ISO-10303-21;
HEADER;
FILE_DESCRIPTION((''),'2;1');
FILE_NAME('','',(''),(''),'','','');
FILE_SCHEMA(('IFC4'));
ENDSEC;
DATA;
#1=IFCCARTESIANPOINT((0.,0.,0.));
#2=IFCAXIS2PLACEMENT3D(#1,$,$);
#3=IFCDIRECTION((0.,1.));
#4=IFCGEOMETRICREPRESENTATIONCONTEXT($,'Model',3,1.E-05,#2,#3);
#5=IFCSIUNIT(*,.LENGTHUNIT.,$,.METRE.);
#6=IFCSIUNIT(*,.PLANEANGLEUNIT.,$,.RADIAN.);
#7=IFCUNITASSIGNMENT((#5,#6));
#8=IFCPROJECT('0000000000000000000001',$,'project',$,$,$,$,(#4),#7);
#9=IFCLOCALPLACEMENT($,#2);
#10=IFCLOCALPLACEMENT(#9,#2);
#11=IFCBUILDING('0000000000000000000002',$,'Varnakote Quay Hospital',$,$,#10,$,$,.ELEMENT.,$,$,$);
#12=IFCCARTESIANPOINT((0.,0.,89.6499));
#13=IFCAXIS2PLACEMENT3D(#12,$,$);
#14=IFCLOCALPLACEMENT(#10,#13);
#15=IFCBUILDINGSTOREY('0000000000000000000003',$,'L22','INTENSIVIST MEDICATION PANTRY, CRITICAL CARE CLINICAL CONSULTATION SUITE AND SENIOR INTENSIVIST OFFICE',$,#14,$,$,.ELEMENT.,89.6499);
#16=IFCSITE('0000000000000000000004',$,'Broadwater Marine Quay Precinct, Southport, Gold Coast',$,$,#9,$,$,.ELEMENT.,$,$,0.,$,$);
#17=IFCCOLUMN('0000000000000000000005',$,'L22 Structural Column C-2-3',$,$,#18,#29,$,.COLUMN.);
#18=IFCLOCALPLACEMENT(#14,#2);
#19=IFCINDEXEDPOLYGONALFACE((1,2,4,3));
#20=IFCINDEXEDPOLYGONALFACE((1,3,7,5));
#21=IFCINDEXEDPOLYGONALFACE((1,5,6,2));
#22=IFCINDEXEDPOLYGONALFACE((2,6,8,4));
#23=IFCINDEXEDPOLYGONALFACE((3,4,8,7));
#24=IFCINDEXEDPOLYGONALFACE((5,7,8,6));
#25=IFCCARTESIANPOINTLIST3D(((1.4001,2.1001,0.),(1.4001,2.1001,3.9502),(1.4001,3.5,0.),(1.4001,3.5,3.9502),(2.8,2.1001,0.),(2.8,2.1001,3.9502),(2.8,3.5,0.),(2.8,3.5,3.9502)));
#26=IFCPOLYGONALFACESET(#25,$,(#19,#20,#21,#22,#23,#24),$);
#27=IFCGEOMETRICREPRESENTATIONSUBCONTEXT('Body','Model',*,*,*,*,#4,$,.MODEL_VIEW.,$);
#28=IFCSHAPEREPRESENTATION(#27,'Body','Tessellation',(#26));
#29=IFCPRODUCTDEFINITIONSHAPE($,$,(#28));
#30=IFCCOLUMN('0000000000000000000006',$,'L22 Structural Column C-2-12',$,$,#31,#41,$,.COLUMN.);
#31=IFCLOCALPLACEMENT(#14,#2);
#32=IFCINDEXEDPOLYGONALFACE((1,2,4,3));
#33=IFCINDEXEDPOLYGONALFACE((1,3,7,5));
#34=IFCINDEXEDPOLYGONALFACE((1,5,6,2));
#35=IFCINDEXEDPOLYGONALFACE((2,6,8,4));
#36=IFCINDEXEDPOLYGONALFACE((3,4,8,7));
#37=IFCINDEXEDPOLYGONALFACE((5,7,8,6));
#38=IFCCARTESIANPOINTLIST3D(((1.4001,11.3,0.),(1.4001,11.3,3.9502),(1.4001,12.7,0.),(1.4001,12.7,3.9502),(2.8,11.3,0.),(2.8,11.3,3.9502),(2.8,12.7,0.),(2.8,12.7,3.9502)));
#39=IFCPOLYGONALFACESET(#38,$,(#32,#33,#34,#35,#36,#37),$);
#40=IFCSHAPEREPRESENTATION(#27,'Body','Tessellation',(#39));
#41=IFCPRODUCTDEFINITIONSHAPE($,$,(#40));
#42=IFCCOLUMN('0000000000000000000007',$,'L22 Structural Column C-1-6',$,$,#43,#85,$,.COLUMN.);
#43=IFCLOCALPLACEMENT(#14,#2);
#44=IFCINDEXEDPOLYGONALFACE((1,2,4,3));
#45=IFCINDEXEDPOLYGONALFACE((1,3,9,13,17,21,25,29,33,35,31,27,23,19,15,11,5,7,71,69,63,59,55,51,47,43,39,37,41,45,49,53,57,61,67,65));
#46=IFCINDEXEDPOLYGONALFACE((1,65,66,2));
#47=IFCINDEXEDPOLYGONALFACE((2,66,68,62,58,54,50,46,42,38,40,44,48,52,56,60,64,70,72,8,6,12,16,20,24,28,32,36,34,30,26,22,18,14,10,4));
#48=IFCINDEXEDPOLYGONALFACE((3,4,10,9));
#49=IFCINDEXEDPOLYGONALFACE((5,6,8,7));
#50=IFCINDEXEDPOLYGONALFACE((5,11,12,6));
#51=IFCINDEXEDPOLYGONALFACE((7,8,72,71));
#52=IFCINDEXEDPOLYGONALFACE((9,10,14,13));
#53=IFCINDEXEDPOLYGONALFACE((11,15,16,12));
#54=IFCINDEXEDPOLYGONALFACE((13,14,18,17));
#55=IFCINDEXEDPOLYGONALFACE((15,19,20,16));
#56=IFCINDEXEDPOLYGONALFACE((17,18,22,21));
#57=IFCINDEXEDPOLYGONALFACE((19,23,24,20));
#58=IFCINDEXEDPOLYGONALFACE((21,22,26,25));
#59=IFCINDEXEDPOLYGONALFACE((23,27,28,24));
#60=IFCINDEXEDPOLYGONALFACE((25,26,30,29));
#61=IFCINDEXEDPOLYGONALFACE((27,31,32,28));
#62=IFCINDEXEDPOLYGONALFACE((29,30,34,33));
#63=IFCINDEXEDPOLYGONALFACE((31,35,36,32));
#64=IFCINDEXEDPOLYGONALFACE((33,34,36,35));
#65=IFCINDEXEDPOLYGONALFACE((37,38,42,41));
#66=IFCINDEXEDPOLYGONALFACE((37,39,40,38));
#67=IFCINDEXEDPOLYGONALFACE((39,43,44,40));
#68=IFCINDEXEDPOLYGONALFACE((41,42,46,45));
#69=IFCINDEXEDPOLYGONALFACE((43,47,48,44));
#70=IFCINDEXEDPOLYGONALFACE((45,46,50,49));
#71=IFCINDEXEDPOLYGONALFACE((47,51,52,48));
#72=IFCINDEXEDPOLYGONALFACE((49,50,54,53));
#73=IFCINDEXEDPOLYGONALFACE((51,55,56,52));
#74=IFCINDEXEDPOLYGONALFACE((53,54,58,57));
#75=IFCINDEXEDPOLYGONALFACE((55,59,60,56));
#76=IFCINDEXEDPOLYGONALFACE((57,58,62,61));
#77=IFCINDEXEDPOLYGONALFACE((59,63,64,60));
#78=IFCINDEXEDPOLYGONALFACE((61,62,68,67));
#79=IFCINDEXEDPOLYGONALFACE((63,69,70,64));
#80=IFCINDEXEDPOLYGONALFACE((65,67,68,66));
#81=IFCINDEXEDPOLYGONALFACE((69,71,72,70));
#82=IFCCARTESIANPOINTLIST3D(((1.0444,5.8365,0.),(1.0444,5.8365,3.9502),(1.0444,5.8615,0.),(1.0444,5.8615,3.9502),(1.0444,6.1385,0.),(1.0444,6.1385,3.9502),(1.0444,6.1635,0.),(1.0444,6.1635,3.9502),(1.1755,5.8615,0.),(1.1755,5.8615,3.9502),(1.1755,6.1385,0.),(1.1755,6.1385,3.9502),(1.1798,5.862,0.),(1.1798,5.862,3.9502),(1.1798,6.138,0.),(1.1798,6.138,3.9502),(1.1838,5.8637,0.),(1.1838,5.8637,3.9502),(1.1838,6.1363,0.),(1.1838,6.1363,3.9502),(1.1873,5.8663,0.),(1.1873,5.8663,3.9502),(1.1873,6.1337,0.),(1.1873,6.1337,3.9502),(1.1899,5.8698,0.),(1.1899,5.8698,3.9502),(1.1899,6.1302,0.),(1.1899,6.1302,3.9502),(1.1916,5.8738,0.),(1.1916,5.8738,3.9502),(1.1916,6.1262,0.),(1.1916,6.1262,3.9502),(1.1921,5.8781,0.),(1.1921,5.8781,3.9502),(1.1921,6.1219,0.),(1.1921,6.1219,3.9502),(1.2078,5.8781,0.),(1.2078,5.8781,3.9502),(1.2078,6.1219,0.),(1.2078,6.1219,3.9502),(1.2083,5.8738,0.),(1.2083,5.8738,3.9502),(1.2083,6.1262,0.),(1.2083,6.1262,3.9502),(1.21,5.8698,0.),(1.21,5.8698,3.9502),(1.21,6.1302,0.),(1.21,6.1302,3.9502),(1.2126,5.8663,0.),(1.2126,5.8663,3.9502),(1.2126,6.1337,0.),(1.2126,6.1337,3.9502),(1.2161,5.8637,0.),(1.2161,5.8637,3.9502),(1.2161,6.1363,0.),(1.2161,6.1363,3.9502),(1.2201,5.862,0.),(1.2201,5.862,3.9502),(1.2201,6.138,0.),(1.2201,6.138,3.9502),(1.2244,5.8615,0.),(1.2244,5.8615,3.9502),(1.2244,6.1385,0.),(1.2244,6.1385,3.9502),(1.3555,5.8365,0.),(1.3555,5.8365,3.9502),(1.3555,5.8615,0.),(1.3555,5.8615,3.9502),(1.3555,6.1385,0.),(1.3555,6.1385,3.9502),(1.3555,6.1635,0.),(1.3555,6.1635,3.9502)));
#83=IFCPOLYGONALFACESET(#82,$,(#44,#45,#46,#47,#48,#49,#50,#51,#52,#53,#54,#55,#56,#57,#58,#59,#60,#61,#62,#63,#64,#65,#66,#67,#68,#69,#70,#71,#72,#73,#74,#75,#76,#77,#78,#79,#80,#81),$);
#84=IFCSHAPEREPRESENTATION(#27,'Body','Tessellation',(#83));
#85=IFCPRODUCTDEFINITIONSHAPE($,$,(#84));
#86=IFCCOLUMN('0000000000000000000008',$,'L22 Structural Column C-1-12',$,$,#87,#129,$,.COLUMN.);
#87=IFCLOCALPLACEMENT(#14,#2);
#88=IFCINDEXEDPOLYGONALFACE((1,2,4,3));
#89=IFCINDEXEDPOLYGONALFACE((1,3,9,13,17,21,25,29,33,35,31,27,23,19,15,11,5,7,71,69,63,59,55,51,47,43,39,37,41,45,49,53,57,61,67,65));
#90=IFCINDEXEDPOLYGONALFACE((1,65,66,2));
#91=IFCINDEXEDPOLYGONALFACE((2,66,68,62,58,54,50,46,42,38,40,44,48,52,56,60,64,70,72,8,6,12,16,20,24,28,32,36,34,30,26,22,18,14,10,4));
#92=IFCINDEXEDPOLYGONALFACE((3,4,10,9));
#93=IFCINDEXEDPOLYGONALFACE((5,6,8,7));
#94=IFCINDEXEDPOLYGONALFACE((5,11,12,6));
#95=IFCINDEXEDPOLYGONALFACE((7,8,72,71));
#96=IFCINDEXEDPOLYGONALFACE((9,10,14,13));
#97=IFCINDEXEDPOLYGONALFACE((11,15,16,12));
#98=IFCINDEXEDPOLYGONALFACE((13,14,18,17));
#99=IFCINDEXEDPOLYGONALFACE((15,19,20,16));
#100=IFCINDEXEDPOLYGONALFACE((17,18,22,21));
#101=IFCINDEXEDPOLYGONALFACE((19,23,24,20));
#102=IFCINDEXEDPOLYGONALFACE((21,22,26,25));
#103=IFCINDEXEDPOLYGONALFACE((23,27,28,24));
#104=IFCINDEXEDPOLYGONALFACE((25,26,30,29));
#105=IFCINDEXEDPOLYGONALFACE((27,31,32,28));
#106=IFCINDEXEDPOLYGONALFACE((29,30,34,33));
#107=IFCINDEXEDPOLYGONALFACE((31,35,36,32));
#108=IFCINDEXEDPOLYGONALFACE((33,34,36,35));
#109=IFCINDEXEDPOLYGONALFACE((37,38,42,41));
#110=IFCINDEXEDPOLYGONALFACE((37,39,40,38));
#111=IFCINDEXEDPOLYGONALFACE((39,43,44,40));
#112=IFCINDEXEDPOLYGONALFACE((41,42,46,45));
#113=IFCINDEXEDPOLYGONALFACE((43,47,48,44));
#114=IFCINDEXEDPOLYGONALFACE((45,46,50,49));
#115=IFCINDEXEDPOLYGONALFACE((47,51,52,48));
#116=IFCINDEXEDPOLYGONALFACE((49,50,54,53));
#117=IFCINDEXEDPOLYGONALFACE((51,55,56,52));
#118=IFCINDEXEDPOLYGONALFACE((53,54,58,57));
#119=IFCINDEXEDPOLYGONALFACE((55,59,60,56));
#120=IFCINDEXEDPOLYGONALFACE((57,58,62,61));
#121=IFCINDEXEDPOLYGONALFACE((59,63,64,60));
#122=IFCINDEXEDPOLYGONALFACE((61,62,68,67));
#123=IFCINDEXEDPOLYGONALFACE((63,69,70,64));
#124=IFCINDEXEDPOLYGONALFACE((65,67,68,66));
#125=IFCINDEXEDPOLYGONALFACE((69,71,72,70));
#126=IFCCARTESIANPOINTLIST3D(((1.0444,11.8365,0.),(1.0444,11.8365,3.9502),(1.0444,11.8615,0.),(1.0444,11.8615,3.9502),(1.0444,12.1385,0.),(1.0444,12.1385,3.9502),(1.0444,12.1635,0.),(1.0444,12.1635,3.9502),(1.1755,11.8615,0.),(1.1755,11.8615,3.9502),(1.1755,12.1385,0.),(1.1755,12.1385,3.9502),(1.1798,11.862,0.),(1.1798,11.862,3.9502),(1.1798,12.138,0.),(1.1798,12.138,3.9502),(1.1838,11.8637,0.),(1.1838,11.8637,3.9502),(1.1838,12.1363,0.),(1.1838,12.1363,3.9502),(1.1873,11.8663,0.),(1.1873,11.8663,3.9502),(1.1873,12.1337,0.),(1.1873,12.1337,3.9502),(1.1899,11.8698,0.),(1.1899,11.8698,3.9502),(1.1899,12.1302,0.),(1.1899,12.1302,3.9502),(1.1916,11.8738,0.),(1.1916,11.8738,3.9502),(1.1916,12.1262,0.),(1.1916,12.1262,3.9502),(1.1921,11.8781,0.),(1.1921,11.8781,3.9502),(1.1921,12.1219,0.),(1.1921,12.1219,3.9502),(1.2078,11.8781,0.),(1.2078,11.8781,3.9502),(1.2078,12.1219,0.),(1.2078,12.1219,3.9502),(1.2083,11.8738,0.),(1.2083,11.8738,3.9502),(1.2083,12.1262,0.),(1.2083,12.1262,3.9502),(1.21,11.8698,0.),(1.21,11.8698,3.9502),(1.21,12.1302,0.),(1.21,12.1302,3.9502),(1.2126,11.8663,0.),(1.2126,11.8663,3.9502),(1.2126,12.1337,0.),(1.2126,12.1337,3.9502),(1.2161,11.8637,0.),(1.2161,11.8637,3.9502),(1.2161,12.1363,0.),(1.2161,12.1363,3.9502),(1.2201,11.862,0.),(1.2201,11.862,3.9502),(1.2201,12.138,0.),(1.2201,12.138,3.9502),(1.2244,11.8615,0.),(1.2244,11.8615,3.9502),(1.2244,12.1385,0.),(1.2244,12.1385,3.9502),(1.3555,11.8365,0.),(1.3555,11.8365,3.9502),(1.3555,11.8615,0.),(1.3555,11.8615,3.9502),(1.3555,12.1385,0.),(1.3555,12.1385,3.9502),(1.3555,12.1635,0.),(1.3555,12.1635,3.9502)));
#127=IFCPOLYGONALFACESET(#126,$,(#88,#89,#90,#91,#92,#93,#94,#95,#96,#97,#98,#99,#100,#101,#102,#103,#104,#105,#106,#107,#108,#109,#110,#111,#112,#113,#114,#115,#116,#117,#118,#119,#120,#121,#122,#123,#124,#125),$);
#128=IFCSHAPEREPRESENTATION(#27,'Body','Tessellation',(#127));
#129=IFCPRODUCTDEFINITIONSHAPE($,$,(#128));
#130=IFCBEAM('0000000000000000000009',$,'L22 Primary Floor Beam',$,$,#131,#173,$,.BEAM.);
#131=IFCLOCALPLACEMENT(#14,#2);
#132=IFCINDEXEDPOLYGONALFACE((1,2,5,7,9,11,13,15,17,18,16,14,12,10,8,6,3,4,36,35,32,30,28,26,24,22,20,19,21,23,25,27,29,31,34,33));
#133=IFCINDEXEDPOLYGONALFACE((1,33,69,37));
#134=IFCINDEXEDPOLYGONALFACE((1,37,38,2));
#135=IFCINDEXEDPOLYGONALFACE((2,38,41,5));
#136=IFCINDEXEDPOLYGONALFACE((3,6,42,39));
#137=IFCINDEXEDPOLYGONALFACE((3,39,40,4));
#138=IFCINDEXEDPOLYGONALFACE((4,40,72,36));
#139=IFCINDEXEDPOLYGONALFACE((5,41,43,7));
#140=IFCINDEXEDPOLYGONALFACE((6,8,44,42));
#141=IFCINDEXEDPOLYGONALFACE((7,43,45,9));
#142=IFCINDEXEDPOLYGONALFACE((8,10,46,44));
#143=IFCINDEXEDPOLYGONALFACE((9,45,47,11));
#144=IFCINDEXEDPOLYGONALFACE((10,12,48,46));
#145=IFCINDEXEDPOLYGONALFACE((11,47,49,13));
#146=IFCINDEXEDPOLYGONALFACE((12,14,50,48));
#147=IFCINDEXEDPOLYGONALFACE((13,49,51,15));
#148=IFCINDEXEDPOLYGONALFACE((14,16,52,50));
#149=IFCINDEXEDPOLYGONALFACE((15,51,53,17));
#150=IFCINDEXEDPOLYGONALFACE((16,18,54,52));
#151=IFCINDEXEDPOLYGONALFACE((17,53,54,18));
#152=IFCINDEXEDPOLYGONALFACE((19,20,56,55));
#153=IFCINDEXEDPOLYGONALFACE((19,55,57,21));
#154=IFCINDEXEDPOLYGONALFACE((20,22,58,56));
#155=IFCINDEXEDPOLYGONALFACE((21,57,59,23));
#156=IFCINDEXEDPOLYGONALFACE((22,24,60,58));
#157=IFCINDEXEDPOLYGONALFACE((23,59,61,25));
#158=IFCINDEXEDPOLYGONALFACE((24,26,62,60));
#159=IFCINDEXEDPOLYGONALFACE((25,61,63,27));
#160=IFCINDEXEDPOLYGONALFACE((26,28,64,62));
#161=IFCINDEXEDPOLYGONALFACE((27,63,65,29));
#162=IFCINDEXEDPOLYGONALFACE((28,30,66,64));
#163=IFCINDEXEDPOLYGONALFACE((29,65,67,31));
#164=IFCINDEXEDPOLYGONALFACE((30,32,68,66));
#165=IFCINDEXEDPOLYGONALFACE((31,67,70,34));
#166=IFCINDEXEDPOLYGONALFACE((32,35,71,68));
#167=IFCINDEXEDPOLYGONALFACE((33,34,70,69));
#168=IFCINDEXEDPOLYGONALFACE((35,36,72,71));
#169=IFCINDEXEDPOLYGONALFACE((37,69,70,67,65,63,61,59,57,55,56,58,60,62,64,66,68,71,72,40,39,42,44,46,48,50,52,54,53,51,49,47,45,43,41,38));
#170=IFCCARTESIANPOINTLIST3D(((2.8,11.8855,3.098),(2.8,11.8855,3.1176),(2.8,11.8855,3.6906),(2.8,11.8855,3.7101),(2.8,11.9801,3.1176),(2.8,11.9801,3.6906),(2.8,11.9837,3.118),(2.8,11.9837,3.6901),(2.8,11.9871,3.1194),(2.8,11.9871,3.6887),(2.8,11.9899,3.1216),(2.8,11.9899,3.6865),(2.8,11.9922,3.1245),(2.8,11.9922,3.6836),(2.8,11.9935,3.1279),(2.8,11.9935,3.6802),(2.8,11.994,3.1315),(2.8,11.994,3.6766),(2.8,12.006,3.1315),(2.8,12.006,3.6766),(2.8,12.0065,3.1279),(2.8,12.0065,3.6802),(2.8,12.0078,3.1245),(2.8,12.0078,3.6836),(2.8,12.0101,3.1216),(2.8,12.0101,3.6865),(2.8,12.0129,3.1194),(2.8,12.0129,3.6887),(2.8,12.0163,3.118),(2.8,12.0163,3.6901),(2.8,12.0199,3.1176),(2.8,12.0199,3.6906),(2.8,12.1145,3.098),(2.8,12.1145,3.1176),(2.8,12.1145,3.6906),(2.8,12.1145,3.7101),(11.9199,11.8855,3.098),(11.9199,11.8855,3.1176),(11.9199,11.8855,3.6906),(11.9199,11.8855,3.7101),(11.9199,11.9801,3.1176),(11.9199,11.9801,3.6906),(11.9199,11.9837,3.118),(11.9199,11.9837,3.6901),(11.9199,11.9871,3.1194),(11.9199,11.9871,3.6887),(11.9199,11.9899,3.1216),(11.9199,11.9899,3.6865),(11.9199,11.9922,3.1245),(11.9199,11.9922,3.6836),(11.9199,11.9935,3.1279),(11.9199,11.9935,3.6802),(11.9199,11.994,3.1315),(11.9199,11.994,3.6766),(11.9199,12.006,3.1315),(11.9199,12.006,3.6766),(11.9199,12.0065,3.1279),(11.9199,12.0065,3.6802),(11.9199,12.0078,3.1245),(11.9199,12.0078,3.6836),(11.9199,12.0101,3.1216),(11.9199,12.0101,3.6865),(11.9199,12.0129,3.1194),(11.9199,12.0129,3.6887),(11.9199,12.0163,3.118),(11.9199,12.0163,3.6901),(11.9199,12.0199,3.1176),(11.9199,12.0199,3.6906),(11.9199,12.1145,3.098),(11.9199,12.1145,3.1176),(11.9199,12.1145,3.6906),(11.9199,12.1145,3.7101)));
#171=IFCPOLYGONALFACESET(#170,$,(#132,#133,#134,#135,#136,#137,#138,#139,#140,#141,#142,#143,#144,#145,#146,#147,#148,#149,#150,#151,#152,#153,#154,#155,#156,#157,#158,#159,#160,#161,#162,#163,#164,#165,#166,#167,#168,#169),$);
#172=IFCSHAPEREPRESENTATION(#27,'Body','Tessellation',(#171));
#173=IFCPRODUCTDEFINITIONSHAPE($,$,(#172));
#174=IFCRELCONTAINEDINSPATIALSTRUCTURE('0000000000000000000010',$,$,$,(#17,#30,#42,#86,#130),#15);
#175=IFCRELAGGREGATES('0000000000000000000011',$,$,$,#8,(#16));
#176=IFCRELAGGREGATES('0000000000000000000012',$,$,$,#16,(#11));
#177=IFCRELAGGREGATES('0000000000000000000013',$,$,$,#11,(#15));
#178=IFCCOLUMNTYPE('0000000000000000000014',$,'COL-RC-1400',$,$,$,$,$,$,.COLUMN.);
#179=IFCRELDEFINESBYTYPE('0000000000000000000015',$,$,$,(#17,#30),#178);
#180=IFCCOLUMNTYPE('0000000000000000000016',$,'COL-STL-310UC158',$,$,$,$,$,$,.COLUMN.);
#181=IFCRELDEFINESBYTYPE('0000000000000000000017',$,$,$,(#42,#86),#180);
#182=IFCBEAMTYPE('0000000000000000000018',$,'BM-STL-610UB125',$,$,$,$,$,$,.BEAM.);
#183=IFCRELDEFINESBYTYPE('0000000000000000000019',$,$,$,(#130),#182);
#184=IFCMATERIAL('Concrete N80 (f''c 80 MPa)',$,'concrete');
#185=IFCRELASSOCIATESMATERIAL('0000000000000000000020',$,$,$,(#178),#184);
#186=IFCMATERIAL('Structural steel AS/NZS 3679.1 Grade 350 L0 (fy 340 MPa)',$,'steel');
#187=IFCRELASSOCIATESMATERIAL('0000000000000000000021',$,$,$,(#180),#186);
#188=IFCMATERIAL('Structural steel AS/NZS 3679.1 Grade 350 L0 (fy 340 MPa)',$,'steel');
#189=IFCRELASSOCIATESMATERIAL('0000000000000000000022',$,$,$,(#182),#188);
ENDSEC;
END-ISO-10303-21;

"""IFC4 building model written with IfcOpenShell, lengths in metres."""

from ifc_helpers import new_model, si_unit, direction, frame, origin, origin_2d, place, context, subcontext, project, spatial, rectangle, i_section, extrude, material, material_profile, profile_set, type_object, element, save


model = new_model("IFC4")

# Units and contexts
model_context = context("Model", 3, precision=1e-05, world=origin(), true_north=direction((0.0, 1.0)))
body_context = subcontext(model_context, "Body", "Model", "MODEL_VIEW")
ifc_project = project(units=[si_unit("LENGTHUNIT", "METRE"), si_unit("PLANEANGLEUNIT", "RADIAN")], contexts=[model_context])

# Site, building, storey
site_placement = place(None, origin())
site = spatial("IfcSite", under=ifc_project, at=site_placement, Name="Broadwater Marine Quay Precinct, Southport, Gold Coast", CompositionType="ELEMENT", RefElevation=0.0)
building_placement = place(site_placement, origin())
building = spatial("IfcBuilding", under=site, at=building_placement, Name="Varnakote Quay Hospital", CompositionType="ELEMENT")
storey_placement = place(building_placement, frame((0.0, 0.0, 89.6499)))
storey = spatial("IfcBuildingStorey", under=building, at=storey_placement, Name="L22", Description="INTENSIVIST MEDICATION PANTRY, CRITICAL CARE CLINICAL CONSULTATION SUITE AND SENIOR INTENSIVIST OFFICE", CompositionType="ELEMENT", Elevation=89.6499)

# Columns
ifc_material_1 = material(Name="Concrete N80 (f'c 80 MPa)", Category="concrete")
ifc_material_profile_1 = material_profile(ifc_material_1, rectangle(XDim=1.3999, YDim=1.3999, at=origin_2d()), Name="RC-COL-1400x1400")
ifc_profile_set_1 = profile_set([ifc_material_profile_1], Name="Concrete N80 (f'c 80 MPa)")
column_type_1 = type_object("IfcColumnType", Name="COL-RC-1400", PredefinedType="COLUMN", material=ifc_profile_set_1)
for number, where, z_axis, x_axis, name in (
    (1, (2.1001, 2.8, 0.0), (0.0, 0.0, 1.0), (1.0, 0.0, 0.0), "L22 Structural Column C-2-3"),
    (2, (2.1001, 12.0, 0.0), (0.0, 0.0, 1.0), (1.0, 0.0, 0.0), "L22 Structural Column C-2-12"),
):
    element("IfcColumn", number, at=place(storey_placement, frame(where, z_axis=z_axis, x_axis=x_axis)), inside=storey, type_object=column_type_1, Name=name, PredefinedType="COLUMN", context=body_context, shape_type="SweptSolid", body=[
        extrude(rectangle(XDim=1.3999, YDim=1.3999, at=origin_2d()), origin(), (0.0, 0.0, 1.0), 3.9502),
    ])
ifc_material_2 = material(Name="Structural steel AS/NZS 3679.1 Grade 350 L0 (fy 340 MPa)", Category="steel")
ifc_material_profile_2 = material_profile(ifc_material_2, i_section(OverallWidth=0.311, OverallDepth=0.3269, WebThickness=0.0156, FlangeThickness=0.0249, FilletRadius=0.0166, at=origin_2d()), Name="310UC158")
ifc_profile_set_2 = profile_set([ifc_material_profile_2], Name="Structural steel AS/NZS 3679.1 Grade 350 L0 (fy 340 MPa)")
column_type_2 = type_object("IfcColumnType", Name="COL-STL-310UC158", PredefinedType="COLUMN", material=ifc_profile_set_2)
for number, where, z_axis, x_axis, name in (
    (3, (1.2, 6.0, 0.0), (0.0, 0.0, 1.0), (1.0, 0.0, 0.0), "L22 Structural Column C-1-6"),
    (4, (1.2, 12.0, 0.0), (0.0, 0.0, 1.0), (1.0, 0.0, 0.0), "L22 Structural Column C-1-12"),
):
    element("IfcColumn", number, at=place(storey_placement, frame(where, z_axis=z_axis, x_axis=x_axis)), inside=storey, type_object=column_type_2, Name=name, PredefinedType="COLUMN", context=body_context, shape_type="SweptSolid", body=[
        extrude(i_section(OverallWidth=0.311, OverallDepth=0.3269, WebThickness=0.0156, FlangeThickness=0.0249, FilletRadius=0.0166, at=origin_2d()), origin(), (0.0, 0.0, 1.0), 3.9502),
    ])

# Beam
ifc_material_3 = material(Name="Structural steel AS/NZS 3679.1 Grade 350 L0 (fy 340 MPa)", Category="steel")
ifc_material_profile_3 = material_profile(ifc_material_3, i_section(OverallWidth=0.229, OverallDepth=0.6121, WebThickness=0.012, FlangeThickness=0.0195, FilletRadius=0.0139, at=origin_2d()), Name="610UB125")
ifc_profile_set_3 = profile_set([ifc_material_profile_3], Name="Structural steel AS/NZS 3679.1 Grade 350 L0 (fy 340 MPa)")
beam_type_1 = type_object("IfcBeamType", Name="BM-STL-610UB125", PredefinedType="BEAM", material=ifc_profile_set_3)
beam_1_placement = place(storey_placement, frame((2.8, 12.0, 3.4041), z_axis=(1.0, 0.0, 0.0), x_axis=(0.0, 1.0, 0.0)))
element("IfcBeam", 5, at=beam_1_placement, inside=storey, type_object=beam_type_1, Name="L22 Primary Floor Beam", PredefinedType="BEAM", context=body_context, shape_type="SweptSolid", body=[
    extrude(i_section(OverallWidth=0.229, OverallDepth=0.6121, WebThickness=0.012, FlangeThickness=0.0195, FilletRadius=0.0139, at=origin_2d()), origin(), (0.0, 0.0, 1.0), 9.1199),
])

save(model, "model.ifc")
